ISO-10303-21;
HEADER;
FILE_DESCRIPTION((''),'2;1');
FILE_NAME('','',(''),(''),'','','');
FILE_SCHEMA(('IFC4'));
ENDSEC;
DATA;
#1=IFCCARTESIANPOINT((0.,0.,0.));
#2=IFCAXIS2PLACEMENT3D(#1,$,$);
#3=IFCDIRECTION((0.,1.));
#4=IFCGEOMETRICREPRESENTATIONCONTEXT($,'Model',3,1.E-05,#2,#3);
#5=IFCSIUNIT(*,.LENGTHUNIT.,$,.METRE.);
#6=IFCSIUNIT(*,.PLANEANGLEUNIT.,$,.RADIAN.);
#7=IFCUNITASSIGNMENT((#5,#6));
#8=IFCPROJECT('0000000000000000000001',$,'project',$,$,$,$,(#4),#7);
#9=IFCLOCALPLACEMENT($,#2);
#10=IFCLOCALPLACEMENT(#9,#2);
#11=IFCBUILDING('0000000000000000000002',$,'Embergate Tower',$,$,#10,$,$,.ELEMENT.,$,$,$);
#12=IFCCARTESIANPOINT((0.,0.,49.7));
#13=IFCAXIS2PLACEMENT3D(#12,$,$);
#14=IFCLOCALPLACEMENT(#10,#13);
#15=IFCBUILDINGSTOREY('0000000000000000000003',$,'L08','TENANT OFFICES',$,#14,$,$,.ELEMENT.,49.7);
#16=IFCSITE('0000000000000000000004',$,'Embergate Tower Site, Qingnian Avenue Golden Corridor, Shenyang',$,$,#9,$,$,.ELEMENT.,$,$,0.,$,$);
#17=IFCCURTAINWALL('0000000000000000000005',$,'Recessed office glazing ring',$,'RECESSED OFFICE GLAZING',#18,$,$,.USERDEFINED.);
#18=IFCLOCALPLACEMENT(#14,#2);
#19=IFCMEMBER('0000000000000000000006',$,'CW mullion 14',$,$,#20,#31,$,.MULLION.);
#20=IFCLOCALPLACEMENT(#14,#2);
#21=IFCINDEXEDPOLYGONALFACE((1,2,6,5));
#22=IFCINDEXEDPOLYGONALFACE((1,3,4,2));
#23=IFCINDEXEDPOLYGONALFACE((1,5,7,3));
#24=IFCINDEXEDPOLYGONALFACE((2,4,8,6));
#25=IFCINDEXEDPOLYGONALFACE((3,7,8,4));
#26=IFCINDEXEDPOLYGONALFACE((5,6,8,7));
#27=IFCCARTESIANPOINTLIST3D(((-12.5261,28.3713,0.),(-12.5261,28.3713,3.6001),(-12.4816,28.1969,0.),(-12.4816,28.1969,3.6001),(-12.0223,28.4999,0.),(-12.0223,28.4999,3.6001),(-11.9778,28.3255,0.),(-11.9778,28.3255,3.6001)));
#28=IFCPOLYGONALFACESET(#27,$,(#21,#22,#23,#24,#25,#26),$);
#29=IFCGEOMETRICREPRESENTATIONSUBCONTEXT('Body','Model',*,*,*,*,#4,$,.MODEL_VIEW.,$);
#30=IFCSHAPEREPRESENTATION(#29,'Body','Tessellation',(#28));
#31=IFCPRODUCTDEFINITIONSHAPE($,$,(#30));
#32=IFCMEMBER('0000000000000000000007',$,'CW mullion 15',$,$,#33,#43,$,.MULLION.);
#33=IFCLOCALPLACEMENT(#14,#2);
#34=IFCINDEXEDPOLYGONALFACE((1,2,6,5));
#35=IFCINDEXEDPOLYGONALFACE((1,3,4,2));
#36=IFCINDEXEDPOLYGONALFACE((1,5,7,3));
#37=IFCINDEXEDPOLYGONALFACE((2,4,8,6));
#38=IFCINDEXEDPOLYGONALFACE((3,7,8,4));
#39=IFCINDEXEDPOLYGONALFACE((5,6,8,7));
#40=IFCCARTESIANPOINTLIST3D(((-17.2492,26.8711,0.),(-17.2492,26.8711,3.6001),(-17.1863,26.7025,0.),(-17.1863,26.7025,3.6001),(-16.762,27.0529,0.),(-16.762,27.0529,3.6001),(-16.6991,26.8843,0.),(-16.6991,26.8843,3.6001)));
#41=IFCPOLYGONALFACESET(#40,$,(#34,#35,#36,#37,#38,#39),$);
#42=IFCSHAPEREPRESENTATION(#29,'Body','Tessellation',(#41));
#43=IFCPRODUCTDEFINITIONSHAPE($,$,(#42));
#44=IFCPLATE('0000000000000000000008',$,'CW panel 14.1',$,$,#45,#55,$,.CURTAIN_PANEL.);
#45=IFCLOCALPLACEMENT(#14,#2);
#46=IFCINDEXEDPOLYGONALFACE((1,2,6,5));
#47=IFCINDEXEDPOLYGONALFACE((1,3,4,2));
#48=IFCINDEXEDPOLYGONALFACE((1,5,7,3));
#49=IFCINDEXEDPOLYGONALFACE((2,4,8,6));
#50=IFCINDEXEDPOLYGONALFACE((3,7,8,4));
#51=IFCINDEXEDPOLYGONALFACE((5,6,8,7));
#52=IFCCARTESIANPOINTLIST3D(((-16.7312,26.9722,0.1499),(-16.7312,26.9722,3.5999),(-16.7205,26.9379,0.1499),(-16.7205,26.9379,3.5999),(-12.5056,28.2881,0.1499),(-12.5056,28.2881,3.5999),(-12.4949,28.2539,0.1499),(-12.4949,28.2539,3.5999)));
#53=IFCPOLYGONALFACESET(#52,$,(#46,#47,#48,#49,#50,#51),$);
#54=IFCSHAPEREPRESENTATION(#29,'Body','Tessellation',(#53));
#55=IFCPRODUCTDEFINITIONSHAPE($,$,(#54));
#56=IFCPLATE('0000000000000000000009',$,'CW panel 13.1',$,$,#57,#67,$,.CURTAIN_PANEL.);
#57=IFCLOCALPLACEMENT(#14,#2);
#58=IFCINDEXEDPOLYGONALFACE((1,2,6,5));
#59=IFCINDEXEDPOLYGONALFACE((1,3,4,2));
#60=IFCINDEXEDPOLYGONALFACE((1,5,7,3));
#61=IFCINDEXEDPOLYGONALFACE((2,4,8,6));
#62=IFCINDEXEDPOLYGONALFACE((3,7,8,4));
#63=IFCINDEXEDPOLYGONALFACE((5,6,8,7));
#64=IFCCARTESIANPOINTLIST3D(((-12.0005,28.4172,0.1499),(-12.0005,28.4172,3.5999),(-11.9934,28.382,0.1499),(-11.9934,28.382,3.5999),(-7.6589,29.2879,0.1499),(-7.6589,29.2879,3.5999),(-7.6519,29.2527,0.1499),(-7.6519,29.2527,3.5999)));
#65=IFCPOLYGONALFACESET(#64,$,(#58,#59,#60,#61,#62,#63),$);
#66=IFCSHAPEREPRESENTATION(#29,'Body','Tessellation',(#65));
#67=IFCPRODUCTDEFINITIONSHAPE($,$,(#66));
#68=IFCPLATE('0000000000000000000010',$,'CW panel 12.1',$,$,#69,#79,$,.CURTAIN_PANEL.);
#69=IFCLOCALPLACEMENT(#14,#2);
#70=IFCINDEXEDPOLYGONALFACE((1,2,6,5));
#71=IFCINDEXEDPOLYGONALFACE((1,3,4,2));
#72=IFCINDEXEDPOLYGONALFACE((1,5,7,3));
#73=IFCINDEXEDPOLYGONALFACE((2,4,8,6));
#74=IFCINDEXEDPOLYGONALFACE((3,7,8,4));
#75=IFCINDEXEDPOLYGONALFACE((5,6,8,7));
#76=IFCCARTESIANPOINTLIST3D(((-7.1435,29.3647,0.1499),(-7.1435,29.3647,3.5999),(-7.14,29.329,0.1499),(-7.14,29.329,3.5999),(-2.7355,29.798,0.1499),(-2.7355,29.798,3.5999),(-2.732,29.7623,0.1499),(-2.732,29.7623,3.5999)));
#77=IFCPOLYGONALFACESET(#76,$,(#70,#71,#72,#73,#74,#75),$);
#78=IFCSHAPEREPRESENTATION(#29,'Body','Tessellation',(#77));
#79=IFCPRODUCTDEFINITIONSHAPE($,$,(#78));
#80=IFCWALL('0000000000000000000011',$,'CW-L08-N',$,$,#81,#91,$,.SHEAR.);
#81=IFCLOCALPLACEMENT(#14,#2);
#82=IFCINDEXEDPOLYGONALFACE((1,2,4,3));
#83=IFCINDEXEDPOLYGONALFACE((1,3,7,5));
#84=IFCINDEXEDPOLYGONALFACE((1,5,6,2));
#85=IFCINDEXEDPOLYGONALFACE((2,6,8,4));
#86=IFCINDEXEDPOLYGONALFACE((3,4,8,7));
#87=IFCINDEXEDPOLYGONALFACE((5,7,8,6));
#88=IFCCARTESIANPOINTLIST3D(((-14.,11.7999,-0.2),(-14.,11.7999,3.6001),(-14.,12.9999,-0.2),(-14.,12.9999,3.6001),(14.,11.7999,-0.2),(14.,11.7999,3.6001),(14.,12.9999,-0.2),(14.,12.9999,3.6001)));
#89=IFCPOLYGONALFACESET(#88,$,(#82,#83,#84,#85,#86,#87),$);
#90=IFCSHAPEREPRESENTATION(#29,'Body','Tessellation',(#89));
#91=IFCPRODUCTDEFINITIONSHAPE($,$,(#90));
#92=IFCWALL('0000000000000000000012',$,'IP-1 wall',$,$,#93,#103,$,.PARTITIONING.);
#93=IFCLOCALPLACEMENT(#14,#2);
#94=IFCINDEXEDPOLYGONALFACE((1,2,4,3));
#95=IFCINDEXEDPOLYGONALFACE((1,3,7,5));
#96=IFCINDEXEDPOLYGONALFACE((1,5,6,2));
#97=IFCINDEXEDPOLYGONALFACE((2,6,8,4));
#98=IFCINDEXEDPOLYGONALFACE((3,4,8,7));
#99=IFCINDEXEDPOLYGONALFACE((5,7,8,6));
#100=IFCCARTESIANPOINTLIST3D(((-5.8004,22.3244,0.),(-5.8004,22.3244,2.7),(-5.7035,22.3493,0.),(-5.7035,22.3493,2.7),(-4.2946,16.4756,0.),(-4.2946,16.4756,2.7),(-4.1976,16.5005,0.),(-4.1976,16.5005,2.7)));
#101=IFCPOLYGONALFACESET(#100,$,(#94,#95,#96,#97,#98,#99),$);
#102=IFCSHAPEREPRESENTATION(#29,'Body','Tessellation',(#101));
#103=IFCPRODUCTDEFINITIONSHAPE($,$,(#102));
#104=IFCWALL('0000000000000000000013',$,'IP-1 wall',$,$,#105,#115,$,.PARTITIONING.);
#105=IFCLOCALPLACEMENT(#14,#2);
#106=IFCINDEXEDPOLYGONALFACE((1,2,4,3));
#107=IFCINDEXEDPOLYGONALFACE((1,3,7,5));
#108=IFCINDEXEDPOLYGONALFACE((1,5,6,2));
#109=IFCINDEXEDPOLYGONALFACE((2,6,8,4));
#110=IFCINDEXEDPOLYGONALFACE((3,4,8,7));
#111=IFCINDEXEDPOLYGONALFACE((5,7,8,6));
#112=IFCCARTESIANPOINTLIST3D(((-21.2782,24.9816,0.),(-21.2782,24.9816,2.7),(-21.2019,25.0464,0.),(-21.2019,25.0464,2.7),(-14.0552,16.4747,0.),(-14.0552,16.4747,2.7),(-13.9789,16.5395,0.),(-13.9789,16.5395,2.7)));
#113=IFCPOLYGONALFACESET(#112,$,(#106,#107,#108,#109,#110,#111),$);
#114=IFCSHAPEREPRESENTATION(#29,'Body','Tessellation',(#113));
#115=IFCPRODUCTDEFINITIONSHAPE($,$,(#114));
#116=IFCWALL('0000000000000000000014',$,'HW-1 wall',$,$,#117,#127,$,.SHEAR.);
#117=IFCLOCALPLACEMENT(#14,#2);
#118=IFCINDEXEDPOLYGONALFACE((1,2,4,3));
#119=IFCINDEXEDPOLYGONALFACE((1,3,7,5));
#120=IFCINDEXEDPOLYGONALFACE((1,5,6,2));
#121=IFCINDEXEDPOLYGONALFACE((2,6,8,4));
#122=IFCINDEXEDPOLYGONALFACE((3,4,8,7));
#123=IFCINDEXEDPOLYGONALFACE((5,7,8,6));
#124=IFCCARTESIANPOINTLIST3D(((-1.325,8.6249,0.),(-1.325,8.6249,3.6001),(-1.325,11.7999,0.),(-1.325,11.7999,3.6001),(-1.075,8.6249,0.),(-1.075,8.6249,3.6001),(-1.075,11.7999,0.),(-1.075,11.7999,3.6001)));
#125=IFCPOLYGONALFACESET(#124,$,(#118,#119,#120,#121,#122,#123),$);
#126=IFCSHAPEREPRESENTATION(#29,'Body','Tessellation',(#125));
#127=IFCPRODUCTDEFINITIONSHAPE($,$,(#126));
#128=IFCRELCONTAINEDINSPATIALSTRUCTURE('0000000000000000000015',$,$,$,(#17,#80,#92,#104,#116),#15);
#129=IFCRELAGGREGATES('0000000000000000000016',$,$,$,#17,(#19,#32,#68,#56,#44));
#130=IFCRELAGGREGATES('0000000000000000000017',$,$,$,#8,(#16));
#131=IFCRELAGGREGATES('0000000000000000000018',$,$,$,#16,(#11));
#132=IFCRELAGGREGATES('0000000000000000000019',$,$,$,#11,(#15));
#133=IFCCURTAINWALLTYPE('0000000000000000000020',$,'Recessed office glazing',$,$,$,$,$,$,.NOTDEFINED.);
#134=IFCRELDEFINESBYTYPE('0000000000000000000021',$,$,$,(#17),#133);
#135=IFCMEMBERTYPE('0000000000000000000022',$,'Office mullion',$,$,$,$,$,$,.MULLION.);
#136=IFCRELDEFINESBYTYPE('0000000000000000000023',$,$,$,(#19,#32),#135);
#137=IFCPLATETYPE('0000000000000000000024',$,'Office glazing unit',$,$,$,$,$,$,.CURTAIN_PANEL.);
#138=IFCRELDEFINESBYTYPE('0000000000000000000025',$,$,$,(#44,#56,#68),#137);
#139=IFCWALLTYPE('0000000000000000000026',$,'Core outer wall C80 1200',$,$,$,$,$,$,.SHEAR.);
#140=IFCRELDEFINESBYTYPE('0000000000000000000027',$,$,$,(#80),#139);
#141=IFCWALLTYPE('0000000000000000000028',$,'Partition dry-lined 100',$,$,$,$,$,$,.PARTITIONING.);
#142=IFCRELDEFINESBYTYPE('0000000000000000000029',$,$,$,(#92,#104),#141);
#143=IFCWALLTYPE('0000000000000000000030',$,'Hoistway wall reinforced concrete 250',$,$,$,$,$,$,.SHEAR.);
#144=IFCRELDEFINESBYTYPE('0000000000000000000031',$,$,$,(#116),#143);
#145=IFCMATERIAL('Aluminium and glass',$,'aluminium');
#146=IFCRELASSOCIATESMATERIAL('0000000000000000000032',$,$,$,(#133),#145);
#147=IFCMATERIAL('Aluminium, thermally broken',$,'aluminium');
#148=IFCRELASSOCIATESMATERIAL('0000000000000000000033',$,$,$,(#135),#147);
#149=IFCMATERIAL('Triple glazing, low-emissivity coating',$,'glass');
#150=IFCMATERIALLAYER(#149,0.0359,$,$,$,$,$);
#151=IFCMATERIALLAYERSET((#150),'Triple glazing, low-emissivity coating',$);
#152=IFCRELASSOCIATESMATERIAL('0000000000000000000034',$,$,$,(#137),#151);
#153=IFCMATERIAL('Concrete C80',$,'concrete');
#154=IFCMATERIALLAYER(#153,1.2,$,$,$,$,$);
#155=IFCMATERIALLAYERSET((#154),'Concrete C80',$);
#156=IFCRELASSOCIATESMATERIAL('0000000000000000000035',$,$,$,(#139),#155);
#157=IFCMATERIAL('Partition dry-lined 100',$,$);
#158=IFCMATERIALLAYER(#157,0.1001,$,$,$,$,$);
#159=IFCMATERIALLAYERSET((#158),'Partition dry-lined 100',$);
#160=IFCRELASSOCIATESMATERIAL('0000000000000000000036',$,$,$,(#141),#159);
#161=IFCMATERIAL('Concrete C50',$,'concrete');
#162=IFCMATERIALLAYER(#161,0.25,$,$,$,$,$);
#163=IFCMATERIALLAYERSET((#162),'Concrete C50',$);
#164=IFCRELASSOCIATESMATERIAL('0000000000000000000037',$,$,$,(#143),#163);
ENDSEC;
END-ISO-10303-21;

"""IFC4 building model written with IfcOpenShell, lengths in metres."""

from ifc_helpers import new_model, si_unit, direction, frame, frame_2d, origin, origin_2d, place, context, subcontext, project, spatial, rectangle, extrude, source, transform, mapped, material, layer, layer_set, material_profile, profile_set, type_object, element, aggregate, save


model = new_model("IFC4")

# Units and contexts
model_context = context("Model", 3, precision=1e-05, world=origin(), true_north=direction((0.0, 1.0)))
body_context = subcontext(model_context, "Body", "Model", "MODEL_VIEW")
ifc_project = project(units=[si_unit("LENGTHUNIT", "METRE"), si_unit("PLANEANGLEUNIT", "RADIAN")], contexts=[model_context])

# Site, building, storey
site_placement = place(None, origin())
site = spatial("IfcSite", under=ifc_project, at=site_placement, Name="Embergate Tower Site, Qingnian Avenue Golden Corridor, Shenyang", CompositionType="ELEMENT", RefElevation=0.0)
building_placement = place(site_placement, origin())
building = spatial("IfcBuilding", under=site, at=building_placement, Name="Embergate Tower", CompositionType="ELEMENT")
storey_placement = place(building_placement, frame((0.0, 0.0, 49.7)))
storey = spatial("IfcBuildingStorey", under=building, at=storey_placement, Name="L08", Description="TENANT OFFICES", CompositionType="ELEMENT", Elevation=49.7)

# Curtain wall, members, plates
ifc_material_1 = material(Name="Aluminium and glass", Category="aluminium")
curtain_wall_type = type_object("IfcCurtainWallType", Name="Recessed office glazing", PredefinedType="NOTDEFINED", material=ifc_material_1)
curtain_wall_placement = place(storey_placement, origin())
curtain_wall = element("IfcCurtainWall", 1, at=curtain_wall_placement, inside=storey, type_object=curtain_wall_type, Name="Recessed office glazing ring", ObjectType="RECESSED OFFICE GLAZING", PredefinedType="USERDEFINED")
ifc_material_2 = material(Name="Aluminium, thermally broken", Category="aluminium")
ifc_material_profile_1 = material_profile(ifc_material_2, rectangle(XDim=0.1799, YDim=0.52, at=origin_2d()), Name="AL 520x180")
ifc_profile_set_1 = profile_set([ifc_material_profile_1], Name="Aluminium, thermally broken")
member_type_1 = type_object("IfcMemberType", Name="Office mullion", PredefinedType="MULLION", material=ifc_profile_set_1)
shared_shape_1 = source(origin(), body_context, "Body", "SweptSolid", [
    extrude(rectangle(XDim=0.1799, YDim=0.52, at=origin_2d()), origin(), (0.0, 0.0, 1.0), 3.6001),
])
member_1_placement = place(storey_placement, frame((-12.252, 28.3484, 0.0), z_axis=(0.0, 0.0, 1.0), x_axis=(0.247312, -0.968936, 0.0)))
member_1 = element("IfcMember", 2, at=member_1_placement, type_object=member_type_1, Name="CW mullion 14", PredefinedType="MULLION", context=body_context, shape_type="MappedRepresentation", body=[
    mapped(shared_shape_1, transform((0.0, 0.0, 0.0))),
])
member_2_placement = place(storey_placement, frame((-16.9741, 26.8777, 0.0), z_axis=(0.0, 0.0, 1.0), x_axis=(0.349503, -0.936935, 0.0)))
member_2 = element("IfcMember", 3, at=member_2_placement, type_object=member_type_1, Name="CW mullion 15", PredefinedType="MULLION", context=body_context, shape_type="MappedRepresentation", body=[
    mapped(shared_shape_1, transform((0.0, 0.0, 0.0))),
])
ifc_material_3 = material(Name="Triple glazing, low-emissivity coating", Category="glass")
ifc_layer_1 = layer(ifc_material_3, 0.0359)
ifc_layer_set_1 = layer_set([ifc_layer_1], Name="Triple glazing, low-emissivity coating")
plate_type = type_object("IfcPlateType", Name="Office glazing unit", PredefinedType="CURTAIN_PANEL", material=ifc_layer_set_1)
shared_shape_2 = source(origin(), body_context, "Body", "SweptSolid", [
    extrude(rectangle(XDim=4.4258, YDim=0.0359, at=origin_2d()), origin(), (0.0, 0.0, 1.0), 3.45),
])
plate_1_placement = place(storey_placement, frame((-14.613, 27.613, 0.1499), z_axis=(0.0, 0.0, 1.0), x_axis=(-0.954772, -0.297338, 0.0)))
plate_1 = element("IfcPlate", 4, at=plate_1_placement, type_object=plate_type, Name="CW panel 14.1", PredefinedType="CURTAIN_PANEL", context=body_context, shape_type="MappedRepresentation", body=[
    mapped(shared_shape_2, transform((0.0, 0.0, 0.0))),
])
shared_shape_3 = source(origin(), body_context, "Body", "SweptSolid", [
    extrude(rectangle(XDim=4.428, YDim=0.0359, at=origin_2d()), origin(), (0.0, 0.0, 1.0), 3.45),
])
plate_2_placement = place(storey_placement, frame((-9.8262, 28.835, 0.1499), z_axis=(0.0, 0.0, 1.0), x_axis=(-0.980476, -0.196639, 0.0)))
plate_2 = element("IfcPlate", 5, at=plate_2_placement, type_object=plate_type, Name="CW panel 13.1", PredefinedType="CURTAIN_PANEL", context=body_context, shape_type="MappedRepresentation", body=[
    mapped(shared_shape_3, transform((0.0, 0.0, 0.0))),
])
shared_shape_4 = source(origin(), body_context, "Body", "SweptSolid", [
    extrude(rectangle(XDim=4.4292, YDim=0.0359, at=origin_2d()), origin(), (0.0, 0.0, 1.0), 3.45),
])
plate_3_placement = place(storey_placement, frame((-4.9377, 29.5635, 0.1499), z_axis=(0.0, 0.0, 1.0), x_axis=(-0.995203, -0.09783, 0.0)))
plate_3 = element("IfcPlate", 6, at=plate_3_placement, type_object=plate_type, Name="CW panel 12.1", PredefinedType="CURTAIN_PANEL", context=body_context, shape_type="MappedRepresentation", body=[
    mapped(shared_shape_4, transform((0.0, 0.0, 0.0))),
])
aggregate(curtain_wall, [member_1, member_2, plate_3, plate_2, plate_1])

# Walls
ifc_material_4 = material(Name="Concrete C80", Category="concrete")
ifc_layer_2 = layer(ifc_material_4, 1.2)
ifc_layer_set_2 = layer_set([ifc_layer_2], Name="Concrete C80")
wall_type_1 = type_object("IfcWallType", Name="Core outer wall C80 1200", PredefinedType="SHEAR", material=ifc_layer_set_2)
shared_shape_5 = source(origin(), body_context, "Body", "SweptSolid", [
    extrude(rectangle(XDim=28.0, YDim=1.2, at=frame_2d((14.0, 0.0))), origin(), (0.0, 0.0, 1.0), 3.8),
])
wall_1_placement = place(storey_placement, frame((-14.0, 12.3999, -0.2), z_axis=(0.0, 0.0, 1.0), x_axis=(1.0, 0.0, 0.0)))
element("IfcWall", 7, at=wall_1_placement, inside=storey, type_object=wall_type_1, Name="CW-L08-N", PredefinedType="SHEAR", context=body_context, shape_type="MappedRepresentation", body=[
    mapped(shared_shape_5, transform((0.0, 0.0, 0.0))),
])
ifc_material_5 = material(Name="Partition dry-lined 100")
ifc_layer_3 = layer(ifc_material_5, 0.1001)
ifc_layer_set_3 = layer_set([ifc_layer_3], Name="Partition dry-lined 100")
wall_type_2 = type_object("IfcWallType", Name="Partition dry-lined 100", PredefinedType="PARTITIONING", material=ifc_layer_set_3)
shared_shape_6 = source(origin(), body_context, "Body", "SweptSolid", [
    extrude(rectangle(XDim=6.0396, YDim=0.1001, at=frame_2d((3.0198, 0.0))), origin(), (0.0, 0.0, 1.0), 2.7),
])
wall_2_placement = place(storey_placement, frame((-4.2461, 16.488, 0.0), z_axis=(0.0, 0.0, 1.0), x_axis=(-0.24933, 0.968419, 0.0)))
element("IfcWall", 8, at=wall_2_placement, inside=storey, type_object=wall_type_2, Name="IP-1 wall", PredefinedType="PARTITIONING", context=body_context, shape_type="MappedRepresentation", body=[
    mapped(shared_shape_6, transform((0.0, 0.0, 0.0))),
])
shared_shape_7 = source(origin(), body_context, "Body", "SweptSolid", [
    extrude(rectangle(XDim=11.1597, YDim=0.1001, at=frame_2d((5.5798, 0.0))), origin(), (0.0, 0.0, 1.0), 2.7),
])
wall_3_placement = place(storey_placement, frame((-14.0171, 16.5071, 0.0), z_axis=(0.0, 0.0, 1.0), x_axis=(-0.647237, 0.762289, 0.0)))
element("IfcWall", 9, at=wall_3_placement, inside=storey, type_object=wall_type_2, Name="IP-1 wall", PredefinedType="PARTITIONING", context=body_context, shape_type="MappedRepresentation", body=[
    mapped(shared_shape_7, transform((0.0, 0.0, 0.0))),
])
ifc_material_6 = material(Name="Concrete C50", Category="concrete")
ifc_layer_4 = layer(ifc_material_6, 0.25)
ifc_layer_set_4 = layer_set([ifc_layer_4], Name="Concrete C50")
wall_type_3 = type_object("IfcWallType", Name="Hoistway wall reinforced concrete 250", PredefinedType="SHEAR", material=ifc_layer_set_4)
shared_shape_8 = source(origin(), body_context, "Body", "SweptSolid", [
    extrude(rectangle(XDim=3.175, YDim=0.25, at=frame_2d((1.5874, 0.0))), origin(), (0.0, 0.0, 1.0), 3.6001),
])
wall_4_placement = place(storey_placement, frame((-1.2, 8.625, 0.0), z_axis=(0.0, 0.0, 1.0), x_axis=(0.0, 1.0, 0.0)))
element("IfcWall", 10, at=wall_4_placement, inside=storey, type_object=wall_type_3, Name="HW-1 wall", PredefinedType="SHEAR", context=body_context, shape_type="MappedRepresentation", body=[
    mapped(shared_shape_8, transform((0.0, 0.0, 0.0))),
])

save(model, "model.ifc")
